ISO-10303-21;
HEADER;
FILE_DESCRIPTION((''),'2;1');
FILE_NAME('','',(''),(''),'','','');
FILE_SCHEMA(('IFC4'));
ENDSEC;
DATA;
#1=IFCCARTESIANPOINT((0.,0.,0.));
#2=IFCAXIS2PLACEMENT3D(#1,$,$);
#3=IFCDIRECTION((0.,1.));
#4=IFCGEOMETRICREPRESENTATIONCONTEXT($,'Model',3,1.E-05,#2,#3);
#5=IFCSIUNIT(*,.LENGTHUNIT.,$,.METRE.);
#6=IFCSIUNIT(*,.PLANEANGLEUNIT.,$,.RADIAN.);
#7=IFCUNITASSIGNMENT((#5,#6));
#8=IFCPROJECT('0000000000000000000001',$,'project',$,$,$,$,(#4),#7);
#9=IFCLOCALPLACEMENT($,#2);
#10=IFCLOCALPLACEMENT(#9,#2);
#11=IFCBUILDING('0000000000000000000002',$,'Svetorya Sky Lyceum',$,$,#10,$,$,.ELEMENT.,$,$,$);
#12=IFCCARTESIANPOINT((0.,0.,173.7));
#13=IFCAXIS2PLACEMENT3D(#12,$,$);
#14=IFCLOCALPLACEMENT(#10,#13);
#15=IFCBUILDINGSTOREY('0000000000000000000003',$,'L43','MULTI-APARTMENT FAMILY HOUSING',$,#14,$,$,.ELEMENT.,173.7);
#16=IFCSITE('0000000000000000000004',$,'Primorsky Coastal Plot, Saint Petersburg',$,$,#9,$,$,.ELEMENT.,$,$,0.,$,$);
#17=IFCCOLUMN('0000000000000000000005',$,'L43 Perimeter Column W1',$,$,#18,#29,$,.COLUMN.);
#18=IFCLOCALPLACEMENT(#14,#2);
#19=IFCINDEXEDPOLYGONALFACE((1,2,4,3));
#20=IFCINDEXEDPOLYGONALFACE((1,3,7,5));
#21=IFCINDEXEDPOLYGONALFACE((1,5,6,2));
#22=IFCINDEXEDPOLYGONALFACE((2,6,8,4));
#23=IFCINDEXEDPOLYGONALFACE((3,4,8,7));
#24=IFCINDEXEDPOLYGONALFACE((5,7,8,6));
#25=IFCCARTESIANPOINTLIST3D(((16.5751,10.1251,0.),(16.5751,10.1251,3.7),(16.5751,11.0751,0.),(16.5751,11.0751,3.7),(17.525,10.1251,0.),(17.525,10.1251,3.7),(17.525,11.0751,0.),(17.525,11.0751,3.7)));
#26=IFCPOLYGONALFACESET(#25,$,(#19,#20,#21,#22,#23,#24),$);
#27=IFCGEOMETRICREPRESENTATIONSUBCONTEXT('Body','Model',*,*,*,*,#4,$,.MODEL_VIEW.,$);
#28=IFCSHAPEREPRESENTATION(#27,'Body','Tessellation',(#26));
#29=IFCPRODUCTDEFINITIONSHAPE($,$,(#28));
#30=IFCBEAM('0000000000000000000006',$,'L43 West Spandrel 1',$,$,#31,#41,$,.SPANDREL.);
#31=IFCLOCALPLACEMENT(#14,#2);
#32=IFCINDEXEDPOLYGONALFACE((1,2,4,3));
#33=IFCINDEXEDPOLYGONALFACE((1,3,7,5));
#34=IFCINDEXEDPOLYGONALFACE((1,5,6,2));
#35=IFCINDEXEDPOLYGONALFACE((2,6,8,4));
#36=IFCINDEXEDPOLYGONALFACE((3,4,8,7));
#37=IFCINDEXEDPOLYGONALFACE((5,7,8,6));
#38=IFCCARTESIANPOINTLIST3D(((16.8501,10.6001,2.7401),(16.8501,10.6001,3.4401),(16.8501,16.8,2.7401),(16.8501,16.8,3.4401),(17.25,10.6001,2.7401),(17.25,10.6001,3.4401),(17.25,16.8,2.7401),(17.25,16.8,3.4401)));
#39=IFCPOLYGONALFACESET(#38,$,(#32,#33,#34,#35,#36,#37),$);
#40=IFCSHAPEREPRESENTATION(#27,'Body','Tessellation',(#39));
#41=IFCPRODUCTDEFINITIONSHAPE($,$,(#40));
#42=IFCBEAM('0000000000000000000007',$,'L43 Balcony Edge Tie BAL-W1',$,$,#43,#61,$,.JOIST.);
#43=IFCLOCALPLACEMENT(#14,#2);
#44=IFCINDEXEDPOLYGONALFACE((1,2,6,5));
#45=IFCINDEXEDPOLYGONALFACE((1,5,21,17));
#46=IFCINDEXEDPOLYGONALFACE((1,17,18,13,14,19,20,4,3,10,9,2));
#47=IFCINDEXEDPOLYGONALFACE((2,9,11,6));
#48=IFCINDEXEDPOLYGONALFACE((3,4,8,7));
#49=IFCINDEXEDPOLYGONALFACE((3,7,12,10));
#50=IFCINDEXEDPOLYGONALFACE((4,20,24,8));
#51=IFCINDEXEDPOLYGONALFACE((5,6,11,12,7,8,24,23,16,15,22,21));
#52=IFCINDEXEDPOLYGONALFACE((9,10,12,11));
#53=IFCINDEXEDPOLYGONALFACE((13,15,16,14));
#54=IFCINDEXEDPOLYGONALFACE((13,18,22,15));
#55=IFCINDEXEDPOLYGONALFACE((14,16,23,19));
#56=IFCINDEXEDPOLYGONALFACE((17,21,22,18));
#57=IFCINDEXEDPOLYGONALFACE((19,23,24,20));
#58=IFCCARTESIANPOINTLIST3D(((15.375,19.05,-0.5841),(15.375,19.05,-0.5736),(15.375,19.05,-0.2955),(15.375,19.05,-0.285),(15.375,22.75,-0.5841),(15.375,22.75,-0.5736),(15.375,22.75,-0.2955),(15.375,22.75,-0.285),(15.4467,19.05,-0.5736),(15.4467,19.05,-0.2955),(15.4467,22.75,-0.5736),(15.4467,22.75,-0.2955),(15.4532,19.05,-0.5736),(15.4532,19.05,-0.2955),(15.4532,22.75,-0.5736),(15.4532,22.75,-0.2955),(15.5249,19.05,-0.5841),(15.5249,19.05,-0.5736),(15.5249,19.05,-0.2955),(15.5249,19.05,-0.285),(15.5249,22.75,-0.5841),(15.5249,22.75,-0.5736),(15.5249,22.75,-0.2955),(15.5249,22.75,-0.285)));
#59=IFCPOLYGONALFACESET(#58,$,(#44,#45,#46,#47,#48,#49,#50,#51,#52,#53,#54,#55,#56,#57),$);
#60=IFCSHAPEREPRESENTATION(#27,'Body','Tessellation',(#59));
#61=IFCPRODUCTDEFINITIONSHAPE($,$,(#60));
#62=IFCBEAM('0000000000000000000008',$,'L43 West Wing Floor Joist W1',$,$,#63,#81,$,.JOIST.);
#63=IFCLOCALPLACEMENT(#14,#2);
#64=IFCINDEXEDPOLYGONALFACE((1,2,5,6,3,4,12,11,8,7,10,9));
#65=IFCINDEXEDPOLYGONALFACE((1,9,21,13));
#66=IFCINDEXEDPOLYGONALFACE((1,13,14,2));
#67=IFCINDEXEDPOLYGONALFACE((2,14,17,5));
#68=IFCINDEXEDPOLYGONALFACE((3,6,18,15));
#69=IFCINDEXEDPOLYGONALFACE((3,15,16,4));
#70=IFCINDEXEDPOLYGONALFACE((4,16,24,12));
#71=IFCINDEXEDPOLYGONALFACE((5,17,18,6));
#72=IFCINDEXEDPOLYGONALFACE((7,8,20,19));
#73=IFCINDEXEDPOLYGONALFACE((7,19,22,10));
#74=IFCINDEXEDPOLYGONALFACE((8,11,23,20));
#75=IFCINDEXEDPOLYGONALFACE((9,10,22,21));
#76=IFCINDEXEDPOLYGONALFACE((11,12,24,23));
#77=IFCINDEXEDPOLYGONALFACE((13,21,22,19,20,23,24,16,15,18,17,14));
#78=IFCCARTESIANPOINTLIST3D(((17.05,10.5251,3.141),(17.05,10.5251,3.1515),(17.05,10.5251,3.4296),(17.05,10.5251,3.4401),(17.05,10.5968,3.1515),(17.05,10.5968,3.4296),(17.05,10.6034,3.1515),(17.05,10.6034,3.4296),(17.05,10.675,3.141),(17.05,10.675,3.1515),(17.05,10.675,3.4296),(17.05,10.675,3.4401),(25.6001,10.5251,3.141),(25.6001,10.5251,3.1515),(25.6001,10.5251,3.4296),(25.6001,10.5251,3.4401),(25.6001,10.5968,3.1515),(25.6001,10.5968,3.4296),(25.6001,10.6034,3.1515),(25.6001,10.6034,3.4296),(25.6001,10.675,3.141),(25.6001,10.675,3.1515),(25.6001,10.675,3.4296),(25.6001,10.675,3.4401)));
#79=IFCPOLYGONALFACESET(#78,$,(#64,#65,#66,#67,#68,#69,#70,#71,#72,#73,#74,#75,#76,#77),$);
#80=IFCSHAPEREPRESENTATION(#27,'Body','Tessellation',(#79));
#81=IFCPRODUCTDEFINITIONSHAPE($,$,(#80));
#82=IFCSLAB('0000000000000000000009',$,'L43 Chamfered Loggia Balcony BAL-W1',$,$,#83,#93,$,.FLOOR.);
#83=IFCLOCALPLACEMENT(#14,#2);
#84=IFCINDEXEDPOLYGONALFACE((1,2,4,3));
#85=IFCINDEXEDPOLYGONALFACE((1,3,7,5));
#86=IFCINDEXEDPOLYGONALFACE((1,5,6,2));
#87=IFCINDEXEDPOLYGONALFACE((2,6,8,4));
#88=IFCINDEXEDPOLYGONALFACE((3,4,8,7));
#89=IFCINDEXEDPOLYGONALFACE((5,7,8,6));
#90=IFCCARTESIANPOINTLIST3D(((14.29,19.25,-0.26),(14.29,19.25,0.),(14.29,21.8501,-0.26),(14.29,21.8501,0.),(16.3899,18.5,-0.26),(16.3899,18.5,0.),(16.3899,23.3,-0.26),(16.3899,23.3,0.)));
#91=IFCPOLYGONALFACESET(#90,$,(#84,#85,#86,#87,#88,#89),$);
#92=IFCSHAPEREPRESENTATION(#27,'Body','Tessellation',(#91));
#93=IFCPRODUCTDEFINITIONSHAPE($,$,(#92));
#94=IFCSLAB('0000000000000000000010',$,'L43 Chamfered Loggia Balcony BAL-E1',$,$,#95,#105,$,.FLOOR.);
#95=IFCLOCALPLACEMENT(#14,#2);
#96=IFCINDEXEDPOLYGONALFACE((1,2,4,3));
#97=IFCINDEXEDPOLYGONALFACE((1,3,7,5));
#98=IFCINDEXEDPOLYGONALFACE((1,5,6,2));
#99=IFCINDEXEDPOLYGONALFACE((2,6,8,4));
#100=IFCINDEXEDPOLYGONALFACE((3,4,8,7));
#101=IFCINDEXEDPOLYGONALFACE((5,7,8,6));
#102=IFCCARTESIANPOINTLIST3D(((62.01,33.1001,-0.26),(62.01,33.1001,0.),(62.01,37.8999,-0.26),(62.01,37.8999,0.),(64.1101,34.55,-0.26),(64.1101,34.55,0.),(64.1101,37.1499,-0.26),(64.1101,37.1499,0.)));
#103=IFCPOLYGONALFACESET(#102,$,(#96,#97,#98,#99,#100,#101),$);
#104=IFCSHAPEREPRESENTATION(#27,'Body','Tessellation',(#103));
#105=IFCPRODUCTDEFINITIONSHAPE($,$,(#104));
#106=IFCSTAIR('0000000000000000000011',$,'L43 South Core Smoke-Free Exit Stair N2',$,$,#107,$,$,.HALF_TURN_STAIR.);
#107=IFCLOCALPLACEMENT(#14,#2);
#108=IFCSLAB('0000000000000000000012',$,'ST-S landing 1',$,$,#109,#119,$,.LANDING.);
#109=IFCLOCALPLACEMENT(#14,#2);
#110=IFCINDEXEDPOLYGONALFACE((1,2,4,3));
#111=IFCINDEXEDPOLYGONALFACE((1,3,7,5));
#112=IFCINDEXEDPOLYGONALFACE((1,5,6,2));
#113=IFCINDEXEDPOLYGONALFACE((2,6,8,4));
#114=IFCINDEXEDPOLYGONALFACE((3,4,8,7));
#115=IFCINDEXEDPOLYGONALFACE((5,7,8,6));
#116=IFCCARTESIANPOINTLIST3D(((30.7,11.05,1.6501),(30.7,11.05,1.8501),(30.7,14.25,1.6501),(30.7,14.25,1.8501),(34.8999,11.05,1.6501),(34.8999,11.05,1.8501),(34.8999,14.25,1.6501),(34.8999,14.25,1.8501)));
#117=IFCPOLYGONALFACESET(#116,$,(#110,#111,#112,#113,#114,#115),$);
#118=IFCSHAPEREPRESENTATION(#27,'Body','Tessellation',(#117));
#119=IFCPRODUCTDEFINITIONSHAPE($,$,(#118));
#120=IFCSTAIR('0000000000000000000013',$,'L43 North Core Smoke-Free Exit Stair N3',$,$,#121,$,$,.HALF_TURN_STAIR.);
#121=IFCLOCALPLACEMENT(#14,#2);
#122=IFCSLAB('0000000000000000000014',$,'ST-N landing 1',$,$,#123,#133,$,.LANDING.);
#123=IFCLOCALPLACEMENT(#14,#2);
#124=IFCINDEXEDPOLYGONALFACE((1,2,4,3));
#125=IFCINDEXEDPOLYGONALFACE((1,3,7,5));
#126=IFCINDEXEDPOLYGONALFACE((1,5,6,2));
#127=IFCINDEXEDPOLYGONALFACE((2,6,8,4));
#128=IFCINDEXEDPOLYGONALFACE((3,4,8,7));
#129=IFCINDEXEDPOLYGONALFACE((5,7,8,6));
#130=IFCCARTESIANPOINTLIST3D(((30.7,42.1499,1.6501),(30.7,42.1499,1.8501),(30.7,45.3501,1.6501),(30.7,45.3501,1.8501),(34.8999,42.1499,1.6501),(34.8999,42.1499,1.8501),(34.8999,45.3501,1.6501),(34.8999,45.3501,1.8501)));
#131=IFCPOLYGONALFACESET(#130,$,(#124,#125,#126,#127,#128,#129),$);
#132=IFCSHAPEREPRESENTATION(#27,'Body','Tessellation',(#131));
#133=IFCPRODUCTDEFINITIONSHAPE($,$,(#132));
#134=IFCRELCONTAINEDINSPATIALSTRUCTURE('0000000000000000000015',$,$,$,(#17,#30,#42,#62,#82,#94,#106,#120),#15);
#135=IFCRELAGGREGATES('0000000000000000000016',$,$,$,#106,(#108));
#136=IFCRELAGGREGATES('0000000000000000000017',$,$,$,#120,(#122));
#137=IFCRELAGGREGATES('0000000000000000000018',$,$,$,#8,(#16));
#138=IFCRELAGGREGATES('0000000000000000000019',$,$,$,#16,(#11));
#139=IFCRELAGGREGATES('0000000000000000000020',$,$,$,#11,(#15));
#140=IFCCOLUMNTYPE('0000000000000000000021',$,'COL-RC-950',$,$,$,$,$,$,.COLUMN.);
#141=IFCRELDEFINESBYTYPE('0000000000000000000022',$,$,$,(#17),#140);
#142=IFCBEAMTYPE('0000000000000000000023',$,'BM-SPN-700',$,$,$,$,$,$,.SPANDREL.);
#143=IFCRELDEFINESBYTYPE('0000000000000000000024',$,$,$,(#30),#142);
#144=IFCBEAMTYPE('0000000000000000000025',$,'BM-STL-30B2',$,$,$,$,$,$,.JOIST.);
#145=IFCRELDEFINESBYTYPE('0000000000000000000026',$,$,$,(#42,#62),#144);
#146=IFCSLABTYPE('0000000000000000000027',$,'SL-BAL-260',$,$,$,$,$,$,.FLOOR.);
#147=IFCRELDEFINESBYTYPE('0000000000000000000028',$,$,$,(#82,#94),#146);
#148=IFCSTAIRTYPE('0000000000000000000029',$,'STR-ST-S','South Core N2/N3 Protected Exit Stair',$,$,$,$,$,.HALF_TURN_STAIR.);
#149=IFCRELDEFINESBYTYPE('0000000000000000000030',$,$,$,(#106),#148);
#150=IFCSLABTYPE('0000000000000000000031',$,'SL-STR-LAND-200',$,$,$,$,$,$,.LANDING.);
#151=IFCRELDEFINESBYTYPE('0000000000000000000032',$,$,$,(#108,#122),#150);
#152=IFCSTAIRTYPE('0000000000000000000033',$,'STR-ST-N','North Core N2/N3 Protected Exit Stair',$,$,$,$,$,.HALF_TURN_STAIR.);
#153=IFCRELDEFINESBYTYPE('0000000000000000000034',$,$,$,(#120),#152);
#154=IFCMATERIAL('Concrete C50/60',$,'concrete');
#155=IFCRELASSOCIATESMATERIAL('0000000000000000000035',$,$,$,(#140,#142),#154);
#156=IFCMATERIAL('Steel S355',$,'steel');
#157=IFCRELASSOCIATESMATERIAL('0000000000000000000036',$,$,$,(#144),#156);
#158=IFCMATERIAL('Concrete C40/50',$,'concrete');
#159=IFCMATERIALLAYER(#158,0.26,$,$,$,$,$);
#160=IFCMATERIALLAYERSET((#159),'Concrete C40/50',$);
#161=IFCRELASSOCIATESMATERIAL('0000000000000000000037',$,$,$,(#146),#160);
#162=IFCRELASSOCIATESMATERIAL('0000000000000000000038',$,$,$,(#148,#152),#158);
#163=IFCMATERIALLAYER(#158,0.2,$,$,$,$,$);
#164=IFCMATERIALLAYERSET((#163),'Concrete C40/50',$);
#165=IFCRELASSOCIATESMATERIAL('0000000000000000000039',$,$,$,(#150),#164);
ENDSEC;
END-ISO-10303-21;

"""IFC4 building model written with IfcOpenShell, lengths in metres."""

from ifc_helpers import new_model, si_unit, direction, frame, origin, origin_2d, place, context, subcontext, project, spatial, polyline, rectangle, i_section, outline, extrude, material, layer, layer_set, material_profile, profile_set, type_object, element, aggregate, save


model = new_model("IFC4")

# Units and contexts
model_context = context("Model", 3, precision=1e-05, world=origin(), true_north=direction((0.0, 1.0)))
body_context = subcontext(model_context, "Body", "Model", "MODEL_VIEW")
ifc_project = project(units=[si_unit("LENGTHUNIT", "METRE"), si_unit("PLANEANGLEUNIT", "RADIAN")], contexts=[model_context])

# Site, building, storey
site_placement = place(None, origin())
site = spatial("IfcSite", under=ifc_project, at=site_placement, Name="Primorsky Coastal Plot, Saint Petersburg", CompositionType="ELEMENT", RefElevation=0.0)
building_placement = place(site_placement, origin())
building = spatial("IfcBuilding", under=site, at=building_placement, Name="Svetorya Sky Lyceum", CompositionType="ELEMENT")
storey_placement = place(building_placement, frame((0.0, 0.0, 173.7)))
storey = spatial("IfcBuildingStorey", under=building, at=storey_placement, Name="L43", Description="MULTI-APARTMENT FAMILY HOUSING", CompositionType="ELEMENT", Elevation=173.7)

# Column
ifc_material_1 = material(Name="Concrete C50/60", Category="concrete")
ifc_material_profile_1 = material_profile(ifc_material_1, rectangle(XDim=0.95, YDim=0.95, at=origin_2d()), Name="RC COL 950x950")
ifc_profile_set_1 = profile_set([ifc_material_profile_1], Name="Concrete C50/60")
column_type = type_object("IfcColumnType", Name="COL-RC-950", PredefinedType="COLUMN", material=ifc_profile_set_1)
column_placement = place(storey_placement, frame((17.05, 10.6001, 0.0), z_axis=(0.0, 0.0, 1.0), x_axis=(1.0, 0.0, 0.0)))
element("IfcColumn", 1, at=column_placement, inside=storey, type_object=column_type, Name="L43 Perimeter Column W1", PredefinedType="COLUMN", context=body_context, shape_type="SweptSolid", body=[
    extrude(rectangle(XDim=0.95, YDim=0.95, at=origin_2d()), origin(), (0.0, 0.0, 1.0), 3.7),
])

# Beams
ifc_material_profile_2 = material_profile(ifc_material_1, rectangle(XDim=0.3999, YDim=0.7, at=origin_2d()), Name="RC SPANDREL 400x700")
ifc_profile_set_2 = profile_set([ifc_material_profile_2], Name="Concrete C50/60")
beam_type_1 = type_object("IfcBeamType", Name="BM-SPN-700", PredefinedType="SPANDREL", material=ifc_profile_set_2)
beam_1_placement = place(storey_placement, frame((17.05, 10.6001, 3.0901), z_axis=(0.0, 1.0, 0.0), x_axis=(-1.0, 0.0, 0.0)))
element("IfcBeam", 2, at=beam_1_placement, inside=storey, type_object=beam_type_1, Name="L43 West Spandrel 1", PredefinedType="SPANDREL", context=body_context, shape_type="SweptSolid", body=[
    extrude(rectangle(XDim=0.3999, YDim=0.7, at=origin_2d()), origin(), (0.0, 0.0, 1.0), 6.2),
])
ifc_material_2 = material(Name="Steel S355", Category="steel")
ifc_material_profile_3 = material_profile(ifc_material_2, i_section(OverallWidth=0.1499, OverallDepth=0.2991, WebThickness=0.0066, FlangeThickness=0.0105, at=origin_2d()), Name="GOST 30B2")
ifc_profile_set_3 = profile_set([ifc_material_profile_3], Name="Steel S355")
beam_type_2 = type_object("IfcBeamType", Name="BM-STL-30B2", PredefinedType="JOIST", material=ifc_profile_set_3)
beam_2_placement = place(storey_placement, frame((15.45, 19.05, -0.4346), z_axis=(0.0, 1.0, 0.0), x_axis=(-1.0, 0.0, 0.0)))
element("IfcBeam", 3, at=beam_2_placement, inside=storey, type_object=beam_type_2, Name="L43 Balcony Edge Tie BAL-W1", PredefinedType="JOIST", context=body_context, shape_type="SweptSolid", body=[
    extrude(i_section(OverallWidth=0.1499, OverallDepth=0.2991, WebThickness=0.0066, FlangeThickness=0.0105, at=origin_2d()), origin(), (0.0, 0.0, 1.0), 3.7),
])
beam_3_placement = place(storey_placement, frame((17.05, 10.6001, 3.2905), z_axis=(1.0, 0.0, 0.0), x_axis=(0.0, 1.0, 0.0)))
element("IfcBeam", 4, at=beam_3_placement, inside=storey, type_object=beam_type_2, Name="L43 West Wing Floor Joist W1", PredefinedType="JOIST", context=body_context, shape_type="SweptSolid", body=[
    extrude(i_section(OverallWidth=0.1499, OverallDepth=0.2991, WebThickness=0.0066, FlangeThickness=0.0105, at=origin_2d()), origin(), (0.0, 0.0, 1.0), 8.55),
])

# Slabs
ifc_material_3 = material(Name="Concrete C40/50", Category="concrete")
ifc_layer_1 = layer(ifc_material_3, 0.26)
ifc_layer_set_1 = layer_set([ifc_layer_1], Name="Concrete C40/50")
slab_type_1 = type_object("IfcSlabType", Name="SL-BAL-260", PredefinedType="FLOOR", material=ifc_layer_set_1)
slab_1_placement = place(storey_placement, frame((0.0, 0.0, -0.26)))
element("IfcSlab", 5, at=slab_1_placement, inside=storey, type_object=slab_type_1, Name="L43 Chamfered Loggia Balcony BAL-W1", PredefinedType="FLOOR", context=body_context, shape_type="SweptSolid", body=[
    extrude(outline(polyline([(16.3899, 18.5), (16.3899, 23.3), (14.29, 21.8501), (14.29, 19.25), (16.3899, 18.5)])), origin(), (0.0, 0.0, 1.0), 0.26),
])
slab_2_placement = place(storey_placement, frame((0.0, 0.0, -0.26)))
element("IfcSlab", 6, at=slab_2_placement, inside=storey, type_object=slab_type_1, Name="L43 Chamfered Loggia Balcony BAL-E1", PredefinedType="FLOOR", context=body_context, shape_type="SweptSolid", body=[
    extrude(outline(polyline([(62.01, 33.1001), (64.1101, 34.55), (64.1101, 37.1499), (62.01, 37.8999), (62.01, 33.1001)])), origin(), (0.0, 0.0, 1.0), 0.26),
])

# Stairs, slabs
stair_type_1 = type_object("IfcStairType", Name="STR-ST-S", Description="South Core N2/N3 Protected Exit Stair", PredefinedType="HALF_TURN_STAIR", material=ifc_material_3)
stair_1_placement = place(storey_placement, origin())
stair_1 = element("IfcStair", 7, at=stair_1_placement, inside=storey, type_object=stair_type_1, Name="L43 South Core Smoke-Free Exit Stair N2", PredefinedType="HALF_TURN_STAIR")
ifc_layer_2 = layer(ifc_material_3, 0.2)
ifc_layer_set_2 = layer_set([ifc_layer_2], Name="Concrete C40/50")
slab_type_2 = type_object("IfcSlabType", Name="SL-STR-LAND-200", PredefinedType="LANDING", material=ifc_layer_set_2)
slab_3_placement = place(storey_placement, frame((0.0, 0.0, 1.6501)))
slab_3 = element("IfcSlab", 8, at=slab_3_placement, type_object=slab_type_2, Name="ST-S landing 1", PredefinedType="LANDING", context=body_context, shape_type="SweptSolid", body=[
    extrude(outline(polyline([(30.7, 11.05), (34.8999, 11.05), (34.8999, 14.25), (30.7, 14.25), (30.7, 11.05)])), origin(), (0.0, 0.0, 1.0), 0.2),
])
aggregate(stair_1, [slab_3])
stair_type_2 = type_object("IfcStairType", Name="STR-ST-N", Description="North Core N2/N3 Protected Exit Stair", PredefinedType="HALF_TURN_STAIR", material=ifc_material_3)
stair_2_placement = place(storey_placement, origin())
stair_2 = element("IfcStair", 9, at=stair_2_placement, inside=storey, type_object=stair_type_2, Name="L43 North Core Smoke-Free Exit Stair N3", PredefinedType="HALF_TURN_STAIR")
slab_4_placement = place(storey_placement, frame((0.0, 0.0, 1.6501)))
slab_4 = element("IfcSlab", 10, at=slab_4_placement, type_object=slab_type_2, Name="ST-N landing 1", PredefinedType="LANDING", context=body_context, shape_type="SweptSolid", body=[
    extrude(outline(polyline([(30.7, 42.1499), (34.8999, 42.1499), (34.8999, 45.3501), (30.7, 45.3501), (30.7, 42.1499)])), origin(), (0.0, 0.0, 1.0), 0.2),
])
aggregate(stair_2, [slab_4])

save(model, "model.ifc")
